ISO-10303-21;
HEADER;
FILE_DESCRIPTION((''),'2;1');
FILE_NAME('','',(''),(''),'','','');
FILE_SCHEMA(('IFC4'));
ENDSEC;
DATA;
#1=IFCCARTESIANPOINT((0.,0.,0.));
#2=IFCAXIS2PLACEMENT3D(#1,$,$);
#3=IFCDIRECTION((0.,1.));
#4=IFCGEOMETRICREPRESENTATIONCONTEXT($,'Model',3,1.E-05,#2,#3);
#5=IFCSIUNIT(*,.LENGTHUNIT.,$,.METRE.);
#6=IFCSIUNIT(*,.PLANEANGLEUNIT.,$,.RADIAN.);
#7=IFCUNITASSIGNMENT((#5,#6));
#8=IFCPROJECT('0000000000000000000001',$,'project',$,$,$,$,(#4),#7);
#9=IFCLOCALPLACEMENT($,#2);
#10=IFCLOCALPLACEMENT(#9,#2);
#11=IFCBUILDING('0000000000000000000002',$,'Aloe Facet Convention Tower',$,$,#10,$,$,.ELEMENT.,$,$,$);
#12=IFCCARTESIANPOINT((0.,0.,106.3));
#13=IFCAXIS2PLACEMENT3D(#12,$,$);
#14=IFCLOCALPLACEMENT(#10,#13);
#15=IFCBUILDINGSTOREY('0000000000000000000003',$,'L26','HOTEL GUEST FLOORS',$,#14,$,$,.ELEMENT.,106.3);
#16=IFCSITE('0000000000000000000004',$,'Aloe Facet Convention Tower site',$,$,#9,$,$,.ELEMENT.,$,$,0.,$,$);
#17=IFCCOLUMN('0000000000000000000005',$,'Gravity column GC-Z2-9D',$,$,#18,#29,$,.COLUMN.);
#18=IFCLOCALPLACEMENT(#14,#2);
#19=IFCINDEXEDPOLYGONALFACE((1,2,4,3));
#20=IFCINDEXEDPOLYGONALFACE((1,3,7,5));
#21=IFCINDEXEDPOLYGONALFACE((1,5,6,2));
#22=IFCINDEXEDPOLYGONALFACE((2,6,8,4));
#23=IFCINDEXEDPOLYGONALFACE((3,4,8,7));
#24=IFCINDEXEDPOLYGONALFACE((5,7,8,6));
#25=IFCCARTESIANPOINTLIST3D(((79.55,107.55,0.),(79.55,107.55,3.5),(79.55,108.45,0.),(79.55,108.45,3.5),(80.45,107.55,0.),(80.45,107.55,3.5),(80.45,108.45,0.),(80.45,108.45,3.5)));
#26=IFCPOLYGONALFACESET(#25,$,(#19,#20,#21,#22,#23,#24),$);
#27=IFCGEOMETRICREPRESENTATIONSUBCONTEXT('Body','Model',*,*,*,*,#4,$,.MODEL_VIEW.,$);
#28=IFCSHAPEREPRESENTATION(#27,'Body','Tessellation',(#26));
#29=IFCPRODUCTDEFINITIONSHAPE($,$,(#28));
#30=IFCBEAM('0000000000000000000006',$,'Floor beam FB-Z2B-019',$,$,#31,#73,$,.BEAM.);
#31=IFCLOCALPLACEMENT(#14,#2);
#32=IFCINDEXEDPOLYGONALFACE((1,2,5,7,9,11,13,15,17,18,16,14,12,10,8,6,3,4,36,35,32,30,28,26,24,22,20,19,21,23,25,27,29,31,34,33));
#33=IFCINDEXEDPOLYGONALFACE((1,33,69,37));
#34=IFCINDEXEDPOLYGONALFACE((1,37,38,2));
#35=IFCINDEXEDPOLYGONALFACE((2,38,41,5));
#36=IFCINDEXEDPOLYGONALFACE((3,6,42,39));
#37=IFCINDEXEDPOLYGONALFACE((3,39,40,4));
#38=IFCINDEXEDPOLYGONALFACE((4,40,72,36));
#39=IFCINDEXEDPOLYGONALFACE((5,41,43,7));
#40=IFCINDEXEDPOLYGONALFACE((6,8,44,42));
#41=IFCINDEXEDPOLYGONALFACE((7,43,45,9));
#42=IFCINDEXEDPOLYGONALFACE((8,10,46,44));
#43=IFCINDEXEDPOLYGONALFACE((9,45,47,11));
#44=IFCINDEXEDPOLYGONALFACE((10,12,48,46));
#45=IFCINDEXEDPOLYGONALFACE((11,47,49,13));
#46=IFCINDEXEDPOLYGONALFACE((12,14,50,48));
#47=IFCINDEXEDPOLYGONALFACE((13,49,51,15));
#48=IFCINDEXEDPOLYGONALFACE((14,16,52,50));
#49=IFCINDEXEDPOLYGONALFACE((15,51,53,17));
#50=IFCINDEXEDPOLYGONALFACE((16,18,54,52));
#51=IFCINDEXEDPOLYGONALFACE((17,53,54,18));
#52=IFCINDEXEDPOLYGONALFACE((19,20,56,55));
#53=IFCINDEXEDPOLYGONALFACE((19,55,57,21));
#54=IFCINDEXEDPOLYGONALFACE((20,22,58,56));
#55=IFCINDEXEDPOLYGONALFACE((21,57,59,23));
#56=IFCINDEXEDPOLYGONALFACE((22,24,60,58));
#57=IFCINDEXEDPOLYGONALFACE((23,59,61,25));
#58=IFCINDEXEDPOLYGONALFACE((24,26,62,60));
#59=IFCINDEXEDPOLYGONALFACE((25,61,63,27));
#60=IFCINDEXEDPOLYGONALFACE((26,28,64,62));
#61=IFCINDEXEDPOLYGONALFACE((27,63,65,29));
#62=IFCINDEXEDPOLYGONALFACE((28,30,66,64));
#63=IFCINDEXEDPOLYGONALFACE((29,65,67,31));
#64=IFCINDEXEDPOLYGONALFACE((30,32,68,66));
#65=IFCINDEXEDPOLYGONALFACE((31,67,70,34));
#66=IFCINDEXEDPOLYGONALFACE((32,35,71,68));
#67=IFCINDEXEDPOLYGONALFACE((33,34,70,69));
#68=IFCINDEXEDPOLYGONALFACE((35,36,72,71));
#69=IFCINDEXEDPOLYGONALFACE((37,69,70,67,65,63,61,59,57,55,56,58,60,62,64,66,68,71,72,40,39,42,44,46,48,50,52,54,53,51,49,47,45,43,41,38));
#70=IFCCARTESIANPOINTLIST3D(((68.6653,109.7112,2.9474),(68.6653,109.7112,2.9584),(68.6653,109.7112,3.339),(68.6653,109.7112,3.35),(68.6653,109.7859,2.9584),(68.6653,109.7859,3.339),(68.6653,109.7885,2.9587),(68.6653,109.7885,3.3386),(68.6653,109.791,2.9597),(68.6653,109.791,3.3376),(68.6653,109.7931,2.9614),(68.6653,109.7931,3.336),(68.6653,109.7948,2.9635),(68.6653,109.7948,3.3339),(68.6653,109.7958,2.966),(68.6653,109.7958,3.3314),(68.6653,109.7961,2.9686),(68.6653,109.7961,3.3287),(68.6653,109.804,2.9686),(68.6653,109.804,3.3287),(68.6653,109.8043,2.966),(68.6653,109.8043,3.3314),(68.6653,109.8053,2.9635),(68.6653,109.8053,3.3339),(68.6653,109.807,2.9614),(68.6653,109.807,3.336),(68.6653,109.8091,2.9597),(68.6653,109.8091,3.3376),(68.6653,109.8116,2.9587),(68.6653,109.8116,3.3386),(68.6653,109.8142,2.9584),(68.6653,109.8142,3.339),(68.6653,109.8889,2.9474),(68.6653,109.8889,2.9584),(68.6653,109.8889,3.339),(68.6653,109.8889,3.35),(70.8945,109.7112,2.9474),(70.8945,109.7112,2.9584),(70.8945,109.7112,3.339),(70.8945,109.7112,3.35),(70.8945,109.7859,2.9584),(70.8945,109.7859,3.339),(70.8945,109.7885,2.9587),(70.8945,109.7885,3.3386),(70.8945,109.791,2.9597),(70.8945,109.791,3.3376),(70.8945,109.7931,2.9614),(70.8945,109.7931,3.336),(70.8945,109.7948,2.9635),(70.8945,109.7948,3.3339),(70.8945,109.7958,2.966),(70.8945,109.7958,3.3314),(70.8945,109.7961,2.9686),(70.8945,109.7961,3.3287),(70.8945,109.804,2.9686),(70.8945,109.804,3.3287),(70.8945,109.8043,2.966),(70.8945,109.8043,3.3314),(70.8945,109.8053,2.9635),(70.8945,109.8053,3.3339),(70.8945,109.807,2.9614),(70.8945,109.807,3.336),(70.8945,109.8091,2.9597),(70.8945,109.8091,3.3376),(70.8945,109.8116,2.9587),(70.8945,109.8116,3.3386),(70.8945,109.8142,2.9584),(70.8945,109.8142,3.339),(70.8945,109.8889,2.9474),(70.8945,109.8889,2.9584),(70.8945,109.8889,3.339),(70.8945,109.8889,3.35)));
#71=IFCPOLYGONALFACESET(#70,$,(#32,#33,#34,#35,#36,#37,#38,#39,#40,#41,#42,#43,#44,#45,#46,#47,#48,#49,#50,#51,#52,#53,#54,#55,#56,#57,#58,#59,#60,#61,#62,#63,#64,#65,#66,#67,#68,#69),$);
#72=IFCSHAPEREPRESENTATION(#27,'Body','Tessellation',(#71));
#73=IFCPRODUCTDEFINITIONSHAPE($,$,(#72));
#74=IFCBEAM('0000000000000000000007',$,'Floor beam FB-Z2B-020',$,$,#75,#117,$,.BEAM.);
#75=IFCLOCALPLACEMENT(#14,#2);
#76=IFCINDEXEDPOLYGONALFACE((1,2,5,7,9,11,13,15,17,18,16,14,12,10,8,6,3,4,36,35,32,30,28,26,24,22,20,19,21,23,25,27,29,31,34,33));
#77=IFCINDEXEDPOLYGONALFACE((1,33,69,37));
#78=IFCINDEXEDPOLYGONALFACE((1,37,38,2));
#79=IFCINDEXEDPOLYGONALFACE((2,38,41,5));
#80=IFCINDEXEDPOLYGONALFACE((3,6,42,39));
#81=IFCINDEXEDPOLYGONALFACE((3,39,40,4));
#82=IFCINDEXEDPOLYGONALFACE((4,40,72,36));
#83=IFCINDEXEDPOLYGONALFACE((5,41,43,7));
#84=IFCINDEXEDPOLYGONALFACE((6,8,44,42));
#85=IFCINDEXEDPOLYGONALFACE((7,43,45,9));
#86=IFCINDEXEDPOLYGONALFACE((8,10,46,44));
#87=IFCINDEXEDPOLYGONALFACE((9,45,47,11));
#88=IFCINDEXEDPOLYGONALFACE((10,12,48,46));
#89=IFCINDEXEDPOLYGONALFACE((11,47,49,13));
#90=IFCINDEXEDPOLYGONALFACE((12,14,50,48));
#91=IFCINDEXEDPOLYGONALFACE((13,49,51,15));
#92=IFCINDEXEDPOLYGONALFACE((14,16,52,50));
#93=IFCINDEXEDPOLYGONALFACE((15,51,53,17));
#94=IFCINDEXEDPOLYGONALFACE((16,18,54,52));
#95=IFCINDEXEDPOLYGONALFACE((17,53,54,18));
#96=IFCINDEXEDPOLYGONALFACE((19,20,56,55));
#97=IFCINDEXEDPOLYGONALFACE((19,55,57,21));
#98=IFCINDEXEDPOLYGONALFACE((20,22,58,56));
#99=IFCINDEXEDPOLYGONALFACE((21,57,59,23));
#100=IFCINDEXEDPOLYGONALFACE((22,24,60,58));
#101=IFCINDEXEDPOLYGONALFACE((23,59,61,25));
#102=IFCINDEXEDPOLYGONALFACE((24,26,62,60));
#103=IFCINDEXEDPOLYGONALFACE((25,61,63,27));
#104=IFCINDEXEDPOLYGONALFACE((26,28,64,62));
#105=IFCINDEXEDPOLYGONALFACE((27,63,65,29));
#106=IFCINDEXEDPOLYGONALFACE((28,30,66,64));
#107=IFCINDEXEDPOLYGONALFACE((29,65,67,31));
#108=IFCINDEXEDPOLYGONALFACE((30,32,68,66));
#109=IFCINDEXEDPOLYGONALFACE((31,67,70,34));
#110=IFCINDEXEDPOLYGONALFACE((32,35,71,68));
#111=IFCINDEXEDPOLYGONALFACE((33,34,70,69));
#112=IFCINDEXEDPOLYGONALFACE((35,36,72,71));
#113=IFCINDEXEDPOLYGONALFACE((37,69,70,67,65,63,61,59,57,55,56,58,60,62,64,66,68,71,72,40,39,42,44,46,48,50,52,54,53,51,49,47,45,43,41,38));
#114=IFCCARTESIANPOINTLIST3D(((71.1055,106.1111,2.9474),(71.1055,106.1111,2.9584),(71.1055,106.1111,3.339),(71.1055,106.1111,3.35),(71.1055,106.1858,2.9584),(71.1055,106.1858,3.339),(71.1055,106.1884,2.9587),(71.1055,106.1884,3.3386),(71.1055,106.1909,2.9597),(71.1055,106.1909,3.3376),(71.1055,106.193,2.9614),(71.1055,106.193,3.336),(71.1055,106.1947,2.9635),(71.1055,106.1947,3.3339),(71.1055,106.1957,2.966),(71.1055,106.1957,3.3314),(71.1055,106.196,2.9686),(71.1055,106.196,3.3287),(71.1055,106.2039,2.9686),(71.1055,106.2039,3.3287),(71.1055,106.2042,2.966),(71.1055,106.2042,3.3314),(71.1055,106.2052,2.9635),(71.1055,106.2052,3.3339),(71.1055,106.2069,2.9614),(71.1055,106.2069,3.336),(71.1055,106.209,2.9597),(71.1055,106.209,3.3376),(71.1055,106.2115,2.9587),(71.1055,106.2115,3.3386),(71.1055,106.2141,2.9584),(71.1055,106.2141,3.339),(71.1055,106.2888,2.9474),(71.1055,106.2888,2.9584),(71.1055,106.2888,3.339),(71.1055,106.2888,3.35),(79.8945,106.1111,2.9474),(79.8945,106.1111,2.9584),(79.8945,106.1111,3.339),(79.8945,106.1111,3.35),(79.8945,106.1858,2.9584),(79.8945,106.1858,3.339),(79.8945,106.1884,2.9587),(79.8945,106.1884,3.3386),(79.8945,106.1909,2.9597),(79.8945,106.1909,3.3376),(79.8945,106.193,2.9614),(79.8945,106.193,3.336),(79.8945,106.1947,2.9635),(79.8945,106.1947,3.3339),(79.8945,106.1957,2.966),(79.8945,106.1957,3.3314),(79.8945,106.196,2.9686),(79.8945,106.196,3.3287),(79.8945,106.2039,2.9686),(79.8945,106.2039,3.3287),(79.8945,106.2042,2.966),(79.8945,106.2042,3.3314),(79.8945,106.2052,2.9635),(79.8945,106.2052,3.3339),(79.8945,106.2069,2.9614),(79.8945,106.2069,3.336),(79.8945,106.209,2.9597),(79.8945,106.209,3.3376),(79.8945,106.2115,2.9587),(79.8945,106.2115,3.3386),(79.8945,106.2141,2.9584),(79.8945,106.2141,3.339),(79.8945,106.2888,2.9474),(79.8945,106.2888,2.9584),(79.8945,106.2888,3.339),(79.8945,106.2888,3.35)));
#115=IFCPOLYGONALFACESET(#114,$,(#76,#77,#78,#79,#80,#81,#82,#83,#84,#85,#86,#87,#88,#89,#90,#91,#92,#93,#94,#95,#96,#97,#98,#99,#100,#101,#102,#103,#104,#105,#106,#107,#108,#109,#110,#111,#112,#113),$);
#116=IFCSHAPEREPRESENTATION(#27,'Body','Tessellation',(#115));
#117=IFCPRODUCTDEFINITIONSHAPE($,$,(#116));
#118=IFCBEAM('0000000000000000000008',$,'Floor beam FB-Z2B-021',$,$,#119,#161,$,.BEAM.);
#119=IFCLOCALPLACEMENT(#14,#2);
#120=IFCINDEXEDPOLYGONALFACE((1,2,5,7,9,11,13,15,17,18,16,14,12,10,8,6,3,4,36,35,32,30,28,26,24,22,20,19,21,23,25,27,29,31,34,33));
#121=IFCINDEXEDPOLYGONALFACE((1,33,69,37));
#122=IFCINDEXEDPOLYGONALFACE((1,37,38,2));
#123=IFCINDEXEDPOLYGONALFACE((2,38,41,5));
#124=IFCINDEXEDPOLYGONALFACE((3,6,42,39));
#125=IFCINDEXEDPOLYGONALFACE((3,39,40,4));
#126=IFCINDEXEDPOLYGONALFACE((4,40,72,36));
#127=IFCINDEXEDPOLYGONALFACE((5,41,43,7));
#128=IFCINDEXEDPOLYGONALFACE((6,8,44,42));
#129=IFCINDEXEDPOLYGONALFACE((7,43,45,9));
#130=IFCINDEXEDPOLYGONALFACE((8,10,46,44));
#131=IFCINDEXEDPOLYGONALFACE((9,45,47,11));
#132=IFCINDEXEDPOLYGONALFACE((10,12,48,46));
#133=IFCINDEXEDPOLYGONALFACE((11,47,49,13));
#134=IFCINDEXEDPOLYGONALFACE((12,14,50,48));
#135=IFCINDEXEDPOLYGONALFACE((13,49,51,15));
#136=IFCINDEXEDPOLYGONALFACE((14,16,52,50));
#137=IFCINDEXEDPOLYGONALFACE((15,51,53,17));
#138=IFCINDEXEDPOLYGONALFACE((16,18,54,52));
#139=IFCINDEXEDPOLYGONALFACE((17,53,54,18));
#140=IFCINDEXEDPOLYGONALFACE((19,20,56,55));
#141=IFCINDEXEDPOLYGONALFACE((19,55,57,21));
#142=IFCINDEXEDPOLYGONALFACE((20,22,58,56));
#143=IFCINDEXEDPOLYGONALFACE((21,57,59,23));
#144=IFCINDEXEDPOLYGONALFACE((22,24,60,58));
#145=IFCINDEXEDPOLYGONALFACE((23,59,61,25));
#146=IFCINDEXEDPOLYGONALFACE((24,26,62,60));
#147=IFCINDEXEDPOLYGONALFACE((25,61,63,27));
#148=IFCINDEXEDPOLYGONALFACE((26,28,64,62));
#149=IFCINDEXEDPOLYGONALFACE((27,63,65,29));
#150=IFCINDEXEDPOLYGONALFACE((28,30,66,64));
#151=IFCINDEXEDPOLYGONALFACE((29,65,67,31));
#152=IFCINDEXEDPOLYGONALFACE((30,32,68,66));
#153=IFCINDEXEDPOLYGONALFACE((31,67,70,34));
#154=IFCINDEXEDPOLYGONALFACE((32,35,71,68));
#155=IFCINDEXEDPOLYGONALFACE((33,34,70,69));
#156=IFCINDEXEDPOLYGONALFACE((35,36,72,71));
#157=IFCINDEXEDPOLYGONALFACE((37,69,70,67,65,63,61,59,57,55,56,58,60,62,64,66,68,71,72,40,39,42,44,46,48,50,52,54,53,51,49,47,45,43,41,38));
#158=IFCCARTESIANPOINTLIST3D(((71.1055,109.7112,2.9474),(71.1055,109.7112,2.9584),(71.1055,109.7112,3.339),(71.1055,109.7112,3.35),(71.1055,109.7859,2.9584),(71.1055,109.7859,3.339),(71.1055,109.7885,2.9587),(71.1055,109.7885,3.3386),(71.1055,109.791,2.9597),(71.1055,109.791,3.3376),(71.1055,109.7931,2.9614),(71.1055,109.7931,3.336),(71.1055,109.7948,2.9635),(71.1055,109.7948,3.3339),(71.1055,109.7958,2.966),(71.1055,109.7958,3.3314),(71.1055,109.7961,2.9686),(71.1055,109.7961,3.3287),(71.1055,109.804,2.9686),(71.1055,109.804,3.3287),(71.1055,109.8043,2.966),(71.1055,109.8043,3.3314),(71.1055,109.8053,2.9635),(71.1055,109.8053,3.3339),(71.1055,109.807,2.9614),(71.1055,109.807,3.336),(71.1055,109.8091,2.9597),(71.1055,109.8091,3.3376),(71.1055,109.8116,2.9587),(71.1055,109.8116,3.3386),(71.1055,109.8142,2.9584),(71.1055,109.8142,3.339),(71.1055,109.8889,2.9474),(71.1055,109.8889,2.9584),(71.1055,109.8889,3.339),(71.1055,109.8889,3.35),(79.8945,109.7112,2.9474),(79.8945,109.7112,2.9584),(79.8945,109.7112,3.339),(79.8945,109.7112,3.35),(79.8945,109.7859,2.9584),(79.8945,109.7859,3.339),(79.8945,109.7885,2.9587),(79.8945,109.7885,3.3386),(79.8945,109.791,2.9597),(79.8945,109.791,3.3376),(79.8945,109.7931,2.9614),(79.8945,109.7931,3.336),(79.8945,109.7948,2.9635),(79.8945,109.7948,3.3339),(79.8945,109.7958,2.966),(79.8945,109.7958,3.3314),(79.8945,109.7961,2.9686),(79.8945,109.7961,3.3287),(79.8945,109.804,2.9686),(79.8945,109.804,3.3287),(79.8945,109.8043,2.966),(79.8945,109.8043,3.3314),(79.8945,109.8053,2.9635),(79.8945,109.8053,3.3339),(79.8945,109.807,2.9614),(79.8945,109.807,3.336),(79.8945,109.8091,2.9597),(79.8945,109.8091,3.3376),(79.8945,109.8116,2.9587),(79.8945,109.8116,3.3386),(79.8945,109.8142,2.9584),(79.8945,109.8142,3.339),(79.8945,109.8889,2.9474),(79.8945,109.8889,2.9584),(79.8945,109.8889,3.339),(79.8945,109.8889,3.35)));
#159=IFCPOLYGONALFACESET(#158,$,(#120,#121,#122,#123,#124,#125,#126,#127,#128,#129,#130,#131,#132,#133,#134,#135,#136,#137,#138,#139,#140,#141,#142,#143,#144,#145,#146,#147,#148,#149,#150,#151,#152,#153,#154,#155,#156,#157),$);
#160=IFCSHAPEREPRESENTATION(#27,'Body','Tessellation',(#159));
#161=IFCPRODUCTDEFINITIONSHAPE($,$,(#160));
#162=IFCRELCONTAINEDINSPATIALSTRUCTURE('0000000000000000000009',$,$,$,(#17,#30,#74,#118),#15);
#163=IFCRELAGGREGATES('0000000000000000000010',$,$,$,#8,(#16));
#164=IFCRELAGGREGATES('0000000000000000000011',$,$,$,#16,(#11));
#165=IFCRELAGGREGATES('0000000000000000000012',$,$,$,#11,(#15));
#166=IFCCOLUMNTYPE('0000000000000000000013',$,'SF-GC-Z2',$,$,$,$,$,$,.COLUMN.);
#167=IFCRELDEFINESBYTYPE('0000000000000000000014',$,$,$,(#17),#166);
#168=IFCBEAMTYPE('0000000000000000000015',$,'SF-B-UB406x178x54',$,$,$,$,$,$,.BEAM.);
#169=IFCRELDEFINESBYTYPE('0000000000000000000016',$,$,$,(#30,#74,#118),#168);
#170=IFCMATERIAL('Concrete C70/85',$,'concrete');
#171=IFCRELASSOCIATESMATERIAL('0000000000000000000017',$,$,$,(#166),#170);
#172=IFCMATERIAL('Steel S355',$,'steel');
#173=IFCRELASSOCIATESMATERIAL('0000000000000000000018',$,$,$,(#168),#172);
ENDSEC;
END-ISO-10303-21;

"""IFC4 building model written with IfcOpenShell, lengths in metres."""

from ifc_helpers import new_model, si_unit, direction, frame, origin, origin_2d, place, context, subcontext, project, spatial, rectangle, i_section, extrude, material, material_profile, profile_set, type_object, element, save


model = new_model("IFC4")

# Units and contexts
model_context = context("Model", 3, precision=1e-05, world=origin(), true_north=direction((0.0, 1.0)))
body_context = subcontext(model_context, "Body", "Model", "MODEL_VIEW")
ifc_project = project(units=[si_unit("LENGTHUNIT", "METRE"), si_unit("PLANEANGLEUNIT", "RADIAN")], contexts=[model_context])

# Site, building, storey
site_placement = place(None, origin())
site = spatial("IfcSite", under=ifc_project, at=site_placement, Name="Aloe Facet Convention Tower site", CompositionType="ELEMENT", RefElevation=0.0)
building_placement = place(site_placement, origin())
building = spatial("IfcBuilding", under=site, at=building_placement, Name="Aloe Facet Convention Tower", CompositionType="ELEMENT")
storey_placement = place(building_placement, frame((0.0, 0.0, 106.3)))
storey = spatial("IfcBuildingStorey", under=building, at=storey_placement, Name="L26", Description="HOTEL GUEST FLOORS", CompositionType="ELEMENT", Elevation=106.3)

# Column
ifc_material_1 = material(Name="Concrete C70/85", Category="concrete")
ifc_material_profile_1 = material_profile(ifc_material_1, rectangle(XDim=0.8999, YDim=0.8999, at=origin_2d()), Name="SF-GC-Z2")
ifc_profile_set_1 = profile_set([ifc_material_profile_1], Name="Concrete C70/85")
column_type = type_object("IfcColumnType", Name="SF-GC-Z2", PredefinedType="COLUMN", material=ifc_profile_set_1)
column_placement = place(storey_placement, frame((80.0, 108.0, 0.0), z_axis=(0.0, 0.0, 1.0), x_axis=(1.0, 0.0, 0.0)))
element("IfcColumn", 1, at=column_placement, inside=storey, type_object=column_type, Name="Gravity column GC-Z2-9D", PredefinedType="COLUMN", context=body_context, shape_type="SweptSolid", body=[
    extrude(rectangle(XDim=0.8999, YDim=0.8999, at=origin_2d()), origin(), (0.0, 0.0, 1.0), 3.5),
])

# Beams
ifc_material_2 = material(Name="Steel S355", Category="steel")
ifc_material_profile_2 = material_profile(ifc_material_2, i_section(OverallWidth=0.1777, OverallDepth=0.4026, WebThickness=0.0078, FlangeThickness=0.011, FilletRadius=0.0103, at=origin_2d()), Name="UB 406x178x54")
ifc_profile_set_2 = profile_set([ifc_material_profile_2], Name="Steel S355")
beam_type_1 = type_object("IfcBeamType", Name="SF-B-UB406x178x54", PredefinedType="BEAM", material=ifc_profile_set_2)
beam_1_placement = place(storey_placement, frame((68.6653, 109.8, 3.1487), z_axis=(1.0, 0.0, 0.0), x_axis=(0.0, 1.0, 0.0)))
element("IfcBeam", 2, at=beam_1_placement, inside=storey, type_object=beam_type_1, Name="Floor beam FB-Z2B-019", PredefinedType="BEAM", context=body_context, shape_type="SweptSolid", body=[
    extrude(i_section(OverallWidth=0.1777, OverallDepth=0.4026, WebThickness=0.0078, FlangeThickness=0.011, FilletRadius=0.0103, at=origin_2d()), origin(), (0.0, 0.0, 1.0), 2.2292),
])
for number, where, z_axis, x_axis, name in (
    (3, (71.1055, 106.2, 3.1487), (1.0, 0.0, 0.0), (0.0, 1.0, 0.0), "Floor beam FB-Z2B-020"),
    (4, (71.1055, 109.8, 3.1487), (1.0, 0.0, 0.0), (0.0, 1.0, 0.0), "Floor beam FB-Z2B-021"),
):
    element("IfcBeam", number, at=place(storey_placement, frame(where, z_axis=z_axis, x_axis=x_axis)), inside=storey, type_object=beam_type_1, Name=name, PredefinedType="BEAM", context=body_context, shape_type="SweptSolid", body=[
        extrude(i_section(OverallWidth=0.1777, OverallDepth=0.4026, WebThickness=0.0078, FlangeThickness=0.011, FilletRadius=0.0103, at=origin_2d()), origin(), (0.0, 0.0, 1.0), 8.7891),
    ])

save(model, "model.ifc")
